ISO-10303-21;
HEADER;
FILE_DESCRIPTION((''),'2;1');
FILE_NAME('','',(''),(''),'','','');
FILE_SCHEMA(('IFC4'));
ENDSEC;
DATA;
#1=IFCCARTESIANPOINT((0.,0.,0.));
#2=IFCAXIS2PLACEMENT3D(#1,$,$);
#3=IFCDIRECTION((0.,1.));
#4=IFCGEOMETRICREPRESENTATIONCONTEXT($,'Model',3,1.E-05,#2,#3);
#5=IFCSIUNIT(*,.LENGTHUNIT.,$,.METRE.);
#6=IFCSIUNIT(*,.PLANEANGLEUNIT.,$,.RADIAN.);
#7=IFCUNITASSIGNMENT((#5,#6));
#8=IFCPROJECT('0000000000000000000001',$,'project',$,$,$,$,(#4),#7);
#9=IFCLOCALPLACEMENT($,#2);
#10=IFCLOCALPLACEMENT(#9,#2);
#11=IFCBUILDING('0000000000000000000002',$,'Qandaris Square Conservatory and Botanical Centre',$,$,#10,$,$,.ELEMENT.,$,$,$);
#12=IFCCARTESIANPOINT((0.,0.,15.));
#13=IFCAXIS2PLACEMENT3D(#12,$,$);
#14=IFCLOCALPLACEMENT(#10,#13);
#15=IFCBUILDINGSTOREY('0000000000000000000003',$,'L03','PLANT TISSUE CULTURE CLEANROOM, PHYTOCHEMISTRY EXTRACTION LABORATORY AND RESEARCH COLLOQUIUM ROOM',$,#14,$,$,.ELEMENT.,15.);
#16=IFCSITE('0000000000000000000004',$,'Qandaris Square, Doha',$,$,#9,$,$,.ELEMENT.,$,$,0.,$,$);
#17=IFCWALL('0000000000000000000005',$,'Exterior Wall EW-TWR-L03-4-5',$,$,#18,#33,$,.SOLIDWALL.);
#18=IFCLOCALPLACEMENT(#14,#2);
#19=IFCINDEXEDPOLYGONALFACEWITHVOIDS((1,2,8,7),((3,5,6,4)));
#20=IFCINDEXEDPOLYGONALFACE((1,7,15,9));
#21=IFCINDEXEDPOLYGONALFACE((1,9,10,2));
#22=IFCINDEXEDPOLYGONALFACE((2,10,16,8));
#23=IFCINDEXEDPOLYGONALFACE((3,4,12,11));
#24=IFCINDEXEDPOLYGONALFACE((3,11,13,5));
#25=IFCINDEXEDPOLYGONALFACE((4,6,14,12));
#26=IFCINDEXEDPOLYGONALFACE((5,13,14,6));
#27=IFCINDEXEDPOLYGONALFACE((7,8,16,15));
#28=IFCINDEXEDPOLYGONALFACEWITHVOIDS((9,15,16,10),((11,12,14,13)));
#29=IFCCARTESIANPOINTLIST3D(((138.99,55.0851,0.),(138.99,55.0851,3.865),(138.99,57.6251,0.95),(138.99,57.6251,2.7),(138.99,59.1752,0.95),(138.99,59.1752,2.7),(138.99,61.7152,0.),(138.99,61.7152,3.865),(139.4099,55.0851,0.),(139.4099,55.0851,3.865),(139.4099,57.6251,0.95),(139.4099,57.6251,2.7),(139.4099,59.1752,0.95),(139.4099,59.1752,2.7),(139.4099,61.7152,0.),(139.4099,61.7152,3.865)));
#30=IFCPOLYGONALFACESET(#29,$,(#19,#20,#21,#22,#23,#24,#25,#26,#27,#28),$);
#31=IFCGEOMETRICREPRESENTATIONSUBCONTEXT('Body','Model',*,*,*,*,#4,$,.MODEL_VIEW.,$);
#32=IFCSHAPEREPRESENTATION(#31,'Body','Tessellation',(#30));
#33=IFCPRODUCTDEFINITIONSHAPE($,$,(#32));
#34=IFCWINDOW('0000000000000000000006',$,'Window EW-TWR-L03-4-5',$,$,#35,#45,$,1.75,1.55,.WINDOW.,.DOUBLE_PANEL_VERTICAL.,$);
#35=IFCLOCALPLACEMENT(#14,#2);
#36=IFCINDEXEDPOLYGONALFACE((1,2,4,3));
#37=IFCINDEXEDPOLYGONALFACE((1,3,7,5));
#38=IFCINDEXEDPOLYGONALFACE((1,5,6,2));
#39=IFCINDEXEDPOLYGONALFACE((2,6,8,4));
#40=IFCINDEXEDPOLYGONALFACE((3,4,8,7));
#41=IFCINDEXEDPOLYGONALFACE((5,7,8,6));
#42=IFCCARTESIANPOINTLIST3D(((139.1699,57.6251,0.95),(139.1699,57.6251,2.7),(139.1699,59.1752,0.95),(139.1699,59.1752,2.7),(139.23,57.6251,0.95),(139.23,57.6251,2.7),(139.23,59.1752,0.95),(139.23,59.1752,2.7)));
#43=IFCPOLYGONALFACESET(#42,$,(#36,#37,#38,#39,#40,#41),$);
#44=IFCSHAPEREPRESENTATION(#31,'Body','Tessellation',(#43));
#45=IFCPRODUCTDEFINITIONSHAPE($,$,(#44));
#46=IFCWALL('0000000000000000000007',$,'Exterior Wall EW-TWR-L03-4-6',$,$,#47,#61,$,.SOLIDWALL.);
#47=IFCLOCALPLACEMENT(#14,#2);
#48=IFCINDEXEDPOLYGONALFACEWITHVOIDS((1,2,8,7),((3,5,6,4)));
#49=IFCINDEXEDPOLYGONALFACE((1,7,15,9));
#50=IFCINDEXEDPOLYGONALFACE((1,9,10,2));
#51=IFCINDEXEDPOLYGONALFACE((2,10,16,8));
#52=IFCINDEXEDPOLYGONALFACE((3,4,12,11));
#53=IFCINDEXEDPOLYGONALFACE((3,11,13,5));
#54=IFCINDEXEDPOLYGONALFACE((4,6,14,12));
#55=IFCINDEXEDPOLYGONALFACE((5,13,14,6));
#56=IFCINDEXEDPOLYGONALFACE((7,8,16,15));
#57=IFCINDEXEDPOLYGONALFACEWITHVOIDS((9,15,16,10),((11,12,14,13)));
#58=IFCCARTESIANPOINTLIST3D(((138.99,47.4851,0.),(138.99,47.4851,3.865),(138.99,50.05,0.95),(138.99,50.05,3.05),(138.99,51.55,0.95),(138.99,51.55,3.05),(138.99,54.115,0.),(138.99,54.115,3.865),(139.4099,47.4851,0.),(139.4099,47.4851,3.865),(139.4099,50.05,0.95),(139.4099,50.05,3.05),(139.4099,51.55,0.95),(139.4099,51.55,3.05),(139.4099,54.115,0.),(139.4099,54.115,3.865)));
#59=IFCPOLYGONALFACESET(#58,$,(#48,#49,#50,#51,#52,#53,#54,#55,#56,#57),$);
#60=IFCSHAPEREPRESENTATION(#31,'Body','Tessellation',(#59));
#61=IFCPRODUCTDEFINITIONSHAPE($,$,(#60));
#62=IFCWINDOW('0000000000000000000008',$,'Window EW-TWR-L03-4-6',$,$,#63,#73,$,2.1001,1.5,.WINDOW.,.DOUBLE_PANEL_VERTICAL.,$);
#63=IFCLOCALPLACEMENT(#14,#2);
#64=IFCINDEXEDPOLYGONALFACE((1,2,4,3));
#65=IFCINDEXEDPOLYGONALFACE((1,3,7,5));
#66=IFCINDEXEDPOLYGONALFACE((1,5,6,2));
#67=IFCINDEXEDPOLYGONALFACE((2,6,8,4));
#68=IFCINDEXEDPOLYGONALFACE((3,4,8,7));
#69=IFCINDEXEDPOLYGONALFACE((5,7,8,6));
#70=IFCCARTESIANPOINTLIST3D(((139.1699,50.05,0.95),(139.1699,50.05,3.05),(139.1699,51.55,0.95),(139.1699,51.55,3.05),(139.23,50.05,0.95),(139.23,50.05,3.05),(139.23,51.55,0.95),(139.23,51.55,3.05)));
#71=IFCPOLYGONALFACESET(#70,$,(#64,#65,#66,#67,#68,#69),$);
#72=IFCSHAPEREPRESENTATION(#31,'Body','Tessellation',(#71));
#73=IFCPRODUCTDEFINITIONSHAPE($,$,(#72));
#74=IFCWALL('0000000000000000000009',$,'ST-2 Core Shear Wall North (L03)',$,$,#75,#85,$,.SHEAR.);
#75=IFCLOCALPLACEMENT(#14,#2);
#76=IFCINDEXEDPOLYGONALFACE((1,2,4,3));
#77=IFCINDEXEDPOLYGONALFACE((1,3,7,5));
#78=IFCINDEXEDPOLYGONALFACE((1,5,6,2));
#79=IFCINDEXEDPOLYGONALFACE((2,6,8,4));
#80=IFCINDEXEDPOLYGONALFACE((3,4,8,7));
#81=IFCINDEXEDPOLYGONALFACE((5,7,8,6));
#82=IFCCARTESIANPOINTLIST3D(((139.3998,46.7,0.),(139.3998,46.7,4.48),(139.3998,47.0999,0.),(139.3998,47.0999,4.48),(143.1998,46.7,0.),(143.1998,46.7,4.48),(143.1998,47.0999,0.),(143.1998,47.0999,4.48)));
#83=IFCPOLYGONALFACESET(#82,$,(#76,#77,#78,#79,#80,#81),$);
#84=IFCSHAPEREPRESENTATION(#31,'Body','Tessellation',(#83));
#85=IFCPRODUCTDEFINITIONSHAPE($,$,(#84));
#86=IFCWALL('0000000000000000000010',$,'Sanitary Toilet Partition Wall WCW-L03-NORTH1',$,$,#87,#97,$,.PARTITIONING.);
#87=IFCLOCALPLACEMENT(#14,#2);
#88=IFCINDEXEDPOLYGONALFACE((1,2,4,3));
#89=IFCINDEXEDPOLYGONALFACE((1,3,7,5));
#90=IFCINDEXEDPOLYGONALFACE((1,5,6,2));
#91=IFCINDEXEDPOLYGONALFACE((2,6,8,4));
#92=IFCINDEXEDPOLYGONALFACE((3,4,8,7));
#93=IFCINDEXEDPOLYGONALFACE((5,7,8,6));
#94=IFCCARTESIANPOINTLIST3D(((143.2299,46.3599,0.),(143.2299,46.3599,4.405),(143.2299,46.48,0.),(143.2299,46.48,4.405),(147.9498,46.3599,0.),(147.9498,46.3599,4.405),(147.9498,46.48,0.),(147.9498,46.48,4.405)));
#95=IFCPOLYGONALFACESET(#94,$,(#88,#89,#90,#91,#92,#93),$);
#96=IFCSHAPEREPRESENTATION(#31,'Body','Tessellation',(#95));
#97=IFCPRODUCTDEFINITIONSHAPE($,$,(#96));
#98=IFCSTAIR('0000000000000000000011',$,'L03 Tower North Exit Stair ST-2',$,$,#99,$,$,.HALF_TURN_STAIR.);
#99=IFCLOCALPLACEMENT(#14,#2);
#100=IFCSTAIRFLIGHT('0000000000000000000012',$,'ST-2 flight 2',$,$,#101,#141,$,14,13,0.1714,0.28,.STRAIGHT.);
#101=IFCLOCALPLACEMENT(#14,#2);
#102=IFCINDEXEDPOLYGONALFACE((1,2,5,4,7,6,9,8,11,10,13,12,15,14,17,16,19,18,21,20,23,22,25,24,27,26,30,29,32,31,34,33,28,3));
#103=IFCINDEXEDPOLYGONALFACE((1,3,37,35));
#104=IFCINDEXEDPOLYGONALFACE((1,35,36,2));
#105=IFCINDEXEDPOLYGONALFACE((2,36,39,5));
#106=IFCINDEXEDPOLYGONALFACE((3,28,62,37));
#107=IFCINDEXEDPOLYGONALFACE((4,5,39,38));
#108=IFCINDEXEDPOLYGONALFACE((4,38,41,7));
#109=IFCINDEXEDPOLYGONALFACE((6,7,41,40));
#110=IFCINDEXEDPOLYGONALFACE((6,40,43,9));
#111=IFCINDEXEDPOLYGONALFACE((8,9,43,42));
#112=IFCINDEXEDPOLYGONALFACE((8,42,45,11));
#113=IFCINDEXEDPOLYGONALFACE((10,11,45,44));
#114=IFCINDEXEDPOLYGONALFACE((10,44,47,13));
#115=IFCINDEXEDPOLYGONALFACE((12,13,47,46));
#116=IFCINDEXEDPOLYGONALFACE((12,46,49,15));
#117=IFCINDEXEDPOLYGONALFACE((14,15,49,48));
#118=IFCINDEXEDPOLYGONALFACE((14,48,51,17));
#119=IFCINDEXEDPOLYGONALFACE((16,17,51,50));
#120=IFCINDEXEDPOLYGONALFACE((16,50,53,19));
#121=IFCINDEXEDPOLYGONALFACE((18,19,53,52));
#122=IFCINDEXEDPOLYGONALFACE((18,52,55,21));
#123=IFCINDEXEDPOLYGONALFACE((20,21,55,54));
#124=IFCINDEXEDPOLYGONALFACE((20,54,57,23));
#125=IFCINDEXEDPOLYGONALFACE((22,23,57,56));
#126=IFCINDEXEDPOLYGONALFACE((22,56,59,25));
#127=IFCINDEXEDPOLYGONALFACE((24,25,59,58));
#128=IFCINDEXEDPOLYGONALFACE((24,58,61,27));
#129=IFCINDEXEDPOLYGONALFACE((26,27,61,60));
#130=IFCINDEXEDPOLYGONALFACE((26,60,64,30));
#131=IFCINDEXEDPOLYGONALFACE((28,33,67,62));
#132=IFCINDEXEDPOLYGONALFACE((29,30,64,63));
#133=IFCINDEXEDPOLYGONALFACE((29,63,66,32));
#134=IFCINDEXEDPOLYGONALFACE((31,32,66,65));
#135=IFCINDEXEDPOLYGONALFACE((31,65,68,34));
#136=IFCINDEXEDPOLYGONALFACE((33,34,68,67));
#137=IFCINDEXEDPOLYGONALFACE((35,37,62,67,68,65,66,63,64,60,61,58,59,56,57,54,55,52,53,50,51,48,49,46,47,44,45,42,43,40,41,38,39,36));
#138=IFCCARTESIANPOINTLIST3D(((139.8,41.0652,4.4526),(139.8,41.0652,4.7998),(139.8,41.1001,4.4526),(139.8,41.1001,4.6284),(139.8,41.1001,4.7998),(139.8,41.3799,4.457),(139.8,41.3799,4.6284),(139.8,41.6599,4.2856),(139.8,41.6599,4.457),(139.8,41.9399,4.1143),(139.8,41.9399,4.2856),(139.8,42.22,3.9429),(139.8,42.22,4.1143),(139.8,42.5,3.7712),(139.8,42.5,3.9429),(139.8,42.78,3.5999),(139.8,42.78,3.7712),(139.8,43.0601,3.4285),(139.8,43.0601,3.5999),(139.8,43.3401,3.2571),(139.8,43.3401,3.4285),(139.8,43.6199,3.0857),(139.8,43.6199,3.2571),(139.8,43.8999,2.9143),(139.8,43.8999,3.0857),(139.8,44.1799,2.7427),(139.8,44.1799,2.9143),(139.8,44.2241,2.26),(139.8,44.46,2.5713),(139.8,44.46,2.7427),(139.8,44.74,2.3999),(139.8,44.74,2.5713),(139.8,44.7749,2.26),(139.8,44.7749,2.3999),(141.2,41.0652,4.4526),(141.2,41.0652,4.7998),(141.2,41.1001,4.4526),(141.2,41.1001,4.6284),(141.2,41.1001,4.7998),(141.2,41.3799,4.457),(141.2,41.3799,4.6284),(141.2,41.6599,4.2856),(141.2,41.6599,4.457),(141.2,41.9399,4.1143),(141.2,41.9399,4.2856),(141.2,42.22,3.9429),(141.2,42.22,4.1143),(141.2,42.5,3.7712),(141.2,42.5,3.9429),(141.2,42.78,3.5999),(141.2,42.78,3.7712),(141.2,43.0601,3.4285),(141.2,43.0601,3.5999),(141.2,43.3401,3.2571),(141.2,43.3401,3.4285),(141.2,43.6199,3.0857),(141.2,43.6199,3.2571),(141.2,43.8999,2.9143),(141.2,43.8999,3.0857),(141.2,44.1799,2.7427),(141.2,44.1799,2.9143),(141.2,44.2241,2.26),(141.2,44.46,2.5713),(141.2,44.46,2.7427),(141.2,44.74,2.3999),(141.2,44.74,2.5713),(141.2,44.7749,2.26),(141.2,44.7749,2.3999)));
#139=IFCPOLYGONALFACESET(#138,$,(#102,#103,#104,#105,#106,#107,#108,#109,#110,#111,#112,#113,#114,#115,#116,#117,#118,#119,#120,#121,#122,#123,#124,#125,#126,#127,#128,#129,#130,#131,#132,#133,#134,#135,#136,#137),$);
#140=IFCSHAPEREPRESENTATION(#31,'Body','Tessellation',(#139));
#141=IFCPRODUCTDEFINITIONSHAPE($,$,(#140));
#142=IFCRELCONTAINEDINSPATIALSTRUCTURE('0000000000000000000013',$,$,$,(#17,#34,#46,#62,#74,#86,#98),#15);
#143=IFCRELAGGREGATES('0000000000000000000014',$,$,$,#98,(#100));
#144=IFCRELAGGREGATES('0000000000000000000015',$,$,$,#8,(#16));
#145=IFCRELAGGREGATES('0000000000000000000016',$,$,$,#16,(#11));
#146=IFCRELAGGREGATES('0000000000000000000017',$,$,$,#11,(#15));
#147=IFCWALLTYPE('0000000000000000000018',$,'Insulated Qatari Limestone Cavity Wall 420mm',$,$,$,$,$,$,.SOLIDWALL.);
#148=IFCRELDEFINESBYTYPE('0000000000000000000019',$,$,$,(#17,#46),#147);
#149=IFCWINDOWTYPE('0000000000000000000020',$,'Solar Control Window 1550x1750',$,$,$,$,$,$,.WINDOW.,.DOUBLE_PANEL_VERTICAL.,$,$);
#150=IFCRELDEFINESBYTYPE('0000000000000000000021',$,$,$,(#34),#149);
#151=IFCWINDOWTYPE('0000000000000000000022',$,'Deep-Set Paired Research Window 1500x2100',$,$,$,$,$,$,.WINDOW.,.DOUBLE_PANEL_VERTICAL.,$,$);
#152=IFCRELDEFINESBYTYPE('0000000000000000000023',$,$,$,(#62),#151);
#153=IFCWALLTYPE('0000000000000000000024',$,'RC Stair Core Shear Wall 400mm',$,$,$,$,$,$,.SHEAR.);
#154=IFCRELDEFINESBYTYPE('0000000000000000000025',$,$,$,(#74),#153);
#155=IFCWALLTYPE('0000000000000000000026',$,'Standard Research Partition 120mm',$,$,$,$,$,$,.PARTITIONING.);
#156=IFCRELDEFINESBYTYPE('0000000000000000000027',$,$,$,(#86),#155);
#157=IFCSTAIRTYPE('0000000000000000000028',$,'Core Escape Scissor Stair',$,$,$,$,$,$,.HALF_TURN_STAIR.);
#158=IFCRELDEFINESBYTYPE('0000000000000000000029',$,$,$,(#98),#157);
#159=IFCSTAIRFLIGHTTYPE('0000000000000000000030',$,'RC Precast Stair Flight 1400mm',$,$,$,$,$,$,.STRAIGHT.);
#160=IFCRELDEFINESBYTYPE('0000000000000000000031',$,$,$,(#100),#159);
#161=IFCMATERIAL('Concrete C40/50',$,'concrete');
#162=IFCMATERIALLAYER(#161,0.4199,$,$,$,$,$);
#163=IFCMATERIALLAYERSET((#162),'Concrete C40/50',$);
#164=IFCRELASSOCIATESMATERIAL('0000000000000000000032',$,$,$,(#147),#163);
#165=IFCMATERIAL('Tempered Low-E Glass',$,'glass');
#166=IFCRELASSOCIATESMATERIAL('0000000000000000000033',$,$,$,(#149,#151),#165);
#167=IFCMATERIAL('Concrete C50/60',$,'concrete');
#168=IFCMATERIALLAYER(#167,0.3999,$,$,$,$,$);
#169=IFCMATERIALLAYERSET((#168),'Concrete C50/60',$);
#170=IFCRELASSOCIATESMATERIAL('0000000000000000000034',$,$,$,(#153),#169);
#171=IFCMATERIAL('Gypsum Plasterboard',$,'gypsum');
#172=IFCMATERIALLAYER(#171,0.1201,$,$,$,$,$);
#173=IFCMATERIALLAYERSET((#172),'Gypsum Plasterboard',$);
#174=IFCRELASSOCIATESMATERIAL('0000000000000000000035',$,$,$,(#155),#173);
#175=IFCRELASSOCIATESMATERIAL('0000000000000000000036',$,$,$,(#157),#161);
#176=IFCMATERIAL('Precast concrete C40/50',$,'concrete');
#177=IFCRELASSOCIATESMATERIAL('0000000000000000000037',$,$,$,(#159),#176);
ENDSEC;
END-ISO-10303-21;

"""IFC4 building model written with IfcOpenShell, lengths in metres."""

from ifc_helpers import new_model, si_unit, direction, frame, frame_2d, origin, place, context, subcontext, project, spatial, polyline, rectangle, outline, extrude, material, layer, layer_set, type_object, element, fill, aggregate, save


model = new_model("IFC4")

# Units and contexts
model_context = context("Model", 3, precision=1e-05, world=origin(), true_north=direction((0.0, 1.0)))
body_context = subcontext(model_context, "Body", "Model", "MODEL_VIEW")
ifc_project = project(units=[si_unit("LENGTHUNIT", "METRE"), si_unit("PLANEANGLEUNIT", "RADIAN")], contexts=[model_context])

# Site, building, storey
site_placement = place(None, origin())
site = spatial("IfcSite", under=ifc_project, at=site_placement, Name="Qandaris Square, Doha", CompositionType="ELEMENT", RefElevation=0.0)
building_placement = place(site_placement, origin())
building = spatial("IfcBuilding", under=site, at=building_placement, Name="Qandaris Square Conservatory and Botanical Centre", CompositionType="ELEMENT")
storey_placement = place(building_placement, frame((0.0, 0.0, 15.0)))
storey = spatial("IfcBuildingStorey", under=building, at=storey_placement, Name="L03", Description="PLANT TISSUE CULTURE CLEANROOM, PHYTOCHEMISTRY EXTRACTION LABORATORY AND RESEARCH COLLOQUIUM ROOM", CompositionType="ELEMENT", Elevation=15.0)

# Shared definitions
ifc_material_1 = material(Name="Concrete C50/60", Category="concrete")

# Shared definitions
ifc_material_2 = material(Name="Gypsum Plasterboard", Category="gypsum")

# Walls, openings, windows
ifc_material_3 = material(Name="Concrete C40/50", Category="concrete")
ifc_layer_1 = layer(ifc_material_3, 0.4199)
ifc_layer_set_1 = layer_set([ifc_layer_1], Name="Concrete C40/50")
wall_type_1 = type_object("IfcWallType", Name="Insulated Qatari Limestone Cavity Wall 420mm", PredefinedType="SOLIDWALL", material=ifc_layer_set_1)
wall_1_placement = place(storey_placement, frame((139.2, 61.7151, 0.0), z_axis=(0.0, 0.0, 1.0), x_axis=(0.0, -1.0, 0.0)))
wall_1 = element("IfcWall", 1, at=wall_1_placement, inside=storey, type_object=wall_type_1, Name="Exterior Wall EW-TWR-L03-4-5", PredefinedType="SOLIDWALL", context=body_context, shape_type="SweptSolid", body=[
    extrude(rectangle(XDim=6.6301, YDim=0.4199, at=frame_2d((3.3149, 0.0))), origin(), (0.0, 0.0, 1.0), 3.865),
])
opening_1_placement = place(wall_1_placement, frame((2.54, 0.0, 0.95)))
opening_1 = element("IfcOpeningElement", 2, at=opening_1_placement, cuts=wall_1, PredefinedType="OPENING", context=body_context, shape_type="SweptSolid", body=[
    extrude(rectangle(XDim=1.55, YDim=1.75, at=frame_2d((0.7749, 0.875))), frame((0.0, 0.2219, 0.0), z_axis=(0.0, -1.0, 0.0), x_axis=(1.0, 0.0, 0.0)), (0.0, 0.0, 1.0), 0.4438),
])
ifc_material_4 = material(Name="Tempered Low-E Glass", Category="glass")
window_type_1 = type_object("IfcWindowType", Name="Solar Control Window 1550x1750", PartitioningType="DOUBLE_PANEL_VERTICAL", PredefinedType="WINDOW", material=ifc_material_4)
window_1_placement = place(opening_1_placement, origin())
window_1 = element("IfcWindow", 3, at=window_1_placement, inside=storey, type_object=window_type_1, Name="Window EW-TWR-L03-4-5", OverallHeight=1.75, OverallWidth=1.55, PartitioningType="DOUBLE_PANEL_VERTICAL", PredefinedType="WINDOW", context=body_context, shape_type="SweptSolid", body=[
    extrude(rectangle(XDim=1.55, YDim=1.75, at=frame_2d((0.7749, 0.875))), frame((0.0, 0.03, 0.0), z_axis=(0.0, -1.0, 0.0), x_axis=(1.0, 0.0, 0.0)), (0.0, 0.0, 1.0), 0.0601),
])
fill(opening_1, window_1)
wall_2_placement = place(storey_placement, frame((139.2, 54.115, 0.0), z_axis=(0.0, 0.0, 1.0), x_axis=(0.0, -1.0, 0.0)))
wall_2 = element("IfcWall", 4, at=wall_2_placement, inside=storey, type_object=wall_type_1, Name="Exterior Wall EW-TWR-L03-4-6", PredefinedType="SOLIDWALL", context=body_context, shape_type="SweptSolid", body=[
    extrude(rectangle(XDim=6.6299, YDim=0.4199, at=frame_2d((3.3149, 0.0))), origin(), (0.0, 0.0, 1.0), 3.865),
])
opening_2_placement = place(wall_2_placement, frame((2.5649, 0.0, 0.95)))
opening_2 = element("IfcOpeningElement", 5, at=opening_2_placement, cuts=wall_2, PredefinedType="OPENING", context=body_context, shape_type="SweptSolid", body=[
    extrude(rectangle(XDim=1.5, YDim=2.1001, at=frame_2d((0.75, 1.05))), frame((0.0, 0.2219, 0.0), z_axis=(0.0, -1.0, 0.0), x_axis=(1.0, 0.0, 0.0)), (0.0, 0.0, 1.0), 0.4438),
])
window_type_2 = type_object("IfcWindowType", Name="Deep-Set Paired Research Window 1500x2100", PartitioningType="DOUBLE_PANEL_VERTICAL", PredefinedType="WINDOW", material=ifc_material_4)
window_2_placement = place(opening_2_placement, origin())
window_2 = element("IfcWindow", 6, at=window_2_placement, inside=storey, type_object=window_type_2, Name="Window EW-TWR-L03-4-6", OverallHeight=2.1001, OverallWidth=1.5, PartitioningType="DOUBLE_PANEL_VERTICAL", PredefinedType="WINDOW", context=body_context, shape_type="SweptSolid", body=[
    extrude(rectangle(XDim=1.5, YDim=2.1001, at=frame_2d((0.75, 1.05))), frame((0.0, 0.03, 0.0), z_axis=(0.0, -1.0, 0.0), x_axis=(1.0, 0.0, 0.0)), (0.0, 0.0, 1.0), 0.0601),
])
fill(opening_2, window_2)

# Walls
ifc_layer_2 = layer(ifc_material_1, 0.3999)
ifc_layer_set_2 = layer_set([ifc_layer_2], Name="Concrete C50/60")
wall_type_2 = type_object("IfcWallType", Name="RC Stair Core Shear Wall 400mm", PredefinedType="SHEAR", material=ifc_layer_set_2)
wall_3_placement = place(storey_placement, frame((139.3999, 46.8999, 0.0), z_axis=(0.0, 0.0, 1.0), x_axis=(1.0, 0.0, 0.0)))
element("IfcWall", 7, at=wall_3_placement, inside=storey, type_object=wall_type_2, Name="ST-2 Core Shear Wall North (L03)", PredefinedType="SHEAR", context=body_context, shape_type="SweptSolid", body=[
    extrude(rectangle(XDim=3.8, YDim=0.3999, at=frame_2d((1.8999, 0.0))), origin(), (0.0, 0.0, 1.0), 4.48),
])
ifc_layer_3 = layer(ifc_material_2, 0.1201)
ifc_layer_set_3 = layer_set([ifc_layer_3], Name="Gypsum Plasterboard")
wall_type_3 = type_object("IfcWallType", Name="Standard Research Partition 120mm", PredefinedType="PARTITIONING", material=ifc_layer_set_3)
wall_4_placement = place(storey_placement, frame((143.23, 46.4199, 0.0), z_axis=(0.0, 0.0, 1.0), x_axis=(1.0, 0.0, 0.0)))
element("IfcWall", 8, at=wall_4_placement, inside=storey, type_object=wall_type_3, Name="Sanitary Toilet Partition Wall WCW-L03-NORTH1", PredefinedType="PARTITIONING", context=body_context, shape_type="SweptSolid", body=[
    extrude(rectangle(XDim=4.72, YDim=0.1201, at=frame_2d((2.3599, 0.0))), origin(), (0.0, 0.0, 1.0), 4.405),
])

# Stair, stair flight
stair_type = type_object("IfcStairType", Name="Core Escape Scissor Stair", PredefinedType="HALF_TURN_STAIR", material=ifc_material_3)
stair_placement = place(storey_placement, origin())
stair = element("IfcStair", 9, at=stair_placement, inside=storey, type_object=stair_type, Name="L03 Tower North Exit Stair ST-2", PredefinedType="HALF_TURN_STAIR")
ifc_material_5 = material(Name="Precast concrete C40/50", Category="concrete")
stair_flight_type = type_object("IfcStairFlightType", Name="RC Precast Stair Flight 1400mm", PredefinedType="STRAIGHT", material=ifc_material_5)
stair_flight_placement = place(storey_placement, frame((140.5, 44.74, 2.3999), z_axis=(0.0, 0.0, 1.0), x_axis=(0.0, -1.0, 0.0)))
stair_flight = element("IfcStairFlight", 10, at=stair_flight_placement, type_object=stair_flight_type, Name="ST-2 flight 2", NumberOfRisers=14, NumberOfTreads=13, PredefinedType="STRAIGHT", RiserHeight=0.1714, TreadLength=0.28, context=body_context, shape_type="SweptSolid", body=[
    extrude(outline(polyline([(-0.0349, 0.0), (0.0, 0.0), (0.0, 0.1714), (0.28, 0.1714), (0.28, 0.3428), (0.5601, 0.3428), (0.5601, 0.5144), (0.8401, 0.5144), (0.8401, 0.6858), (1.1201, 0.6858), (1.1201, 0.8572), (1.3999, 0.8572), (1.3999, 1.0286), (1.6799, 1.0286), (1.6799, 1.2), (1.96, 1.2), (1.96, 1.3713), (2.24, 1.3713), (2.24, 1.543), (2.52, 1.543), (2.52, 1.7144), (2.8, 1.7144), (2.8, 1.8857), (3.0801, 1.8857), (3.0801, 2.0571), (3.3601, 2.0571), (3.3601, 2.2285), (3.6399, 2.2285), (3.6399, 2.3999), (3.6748, 2.3999), (3.6748, 2.0527), (3.6399, 2.0527), (0.5159, -0.1399), (-0.0349, -0.1399), (-0.0349, 0.0)])), frame((0.0, 0.7, 0.0), z_axis=(0.0, -1.0, 0.0), x_axis=(1.0, 0.0, 0.0)), (0.0, 0.0, 1.0), 1.3999),
])
aggregate(stair, [stair_flight])

save(model, "model.ifc")
